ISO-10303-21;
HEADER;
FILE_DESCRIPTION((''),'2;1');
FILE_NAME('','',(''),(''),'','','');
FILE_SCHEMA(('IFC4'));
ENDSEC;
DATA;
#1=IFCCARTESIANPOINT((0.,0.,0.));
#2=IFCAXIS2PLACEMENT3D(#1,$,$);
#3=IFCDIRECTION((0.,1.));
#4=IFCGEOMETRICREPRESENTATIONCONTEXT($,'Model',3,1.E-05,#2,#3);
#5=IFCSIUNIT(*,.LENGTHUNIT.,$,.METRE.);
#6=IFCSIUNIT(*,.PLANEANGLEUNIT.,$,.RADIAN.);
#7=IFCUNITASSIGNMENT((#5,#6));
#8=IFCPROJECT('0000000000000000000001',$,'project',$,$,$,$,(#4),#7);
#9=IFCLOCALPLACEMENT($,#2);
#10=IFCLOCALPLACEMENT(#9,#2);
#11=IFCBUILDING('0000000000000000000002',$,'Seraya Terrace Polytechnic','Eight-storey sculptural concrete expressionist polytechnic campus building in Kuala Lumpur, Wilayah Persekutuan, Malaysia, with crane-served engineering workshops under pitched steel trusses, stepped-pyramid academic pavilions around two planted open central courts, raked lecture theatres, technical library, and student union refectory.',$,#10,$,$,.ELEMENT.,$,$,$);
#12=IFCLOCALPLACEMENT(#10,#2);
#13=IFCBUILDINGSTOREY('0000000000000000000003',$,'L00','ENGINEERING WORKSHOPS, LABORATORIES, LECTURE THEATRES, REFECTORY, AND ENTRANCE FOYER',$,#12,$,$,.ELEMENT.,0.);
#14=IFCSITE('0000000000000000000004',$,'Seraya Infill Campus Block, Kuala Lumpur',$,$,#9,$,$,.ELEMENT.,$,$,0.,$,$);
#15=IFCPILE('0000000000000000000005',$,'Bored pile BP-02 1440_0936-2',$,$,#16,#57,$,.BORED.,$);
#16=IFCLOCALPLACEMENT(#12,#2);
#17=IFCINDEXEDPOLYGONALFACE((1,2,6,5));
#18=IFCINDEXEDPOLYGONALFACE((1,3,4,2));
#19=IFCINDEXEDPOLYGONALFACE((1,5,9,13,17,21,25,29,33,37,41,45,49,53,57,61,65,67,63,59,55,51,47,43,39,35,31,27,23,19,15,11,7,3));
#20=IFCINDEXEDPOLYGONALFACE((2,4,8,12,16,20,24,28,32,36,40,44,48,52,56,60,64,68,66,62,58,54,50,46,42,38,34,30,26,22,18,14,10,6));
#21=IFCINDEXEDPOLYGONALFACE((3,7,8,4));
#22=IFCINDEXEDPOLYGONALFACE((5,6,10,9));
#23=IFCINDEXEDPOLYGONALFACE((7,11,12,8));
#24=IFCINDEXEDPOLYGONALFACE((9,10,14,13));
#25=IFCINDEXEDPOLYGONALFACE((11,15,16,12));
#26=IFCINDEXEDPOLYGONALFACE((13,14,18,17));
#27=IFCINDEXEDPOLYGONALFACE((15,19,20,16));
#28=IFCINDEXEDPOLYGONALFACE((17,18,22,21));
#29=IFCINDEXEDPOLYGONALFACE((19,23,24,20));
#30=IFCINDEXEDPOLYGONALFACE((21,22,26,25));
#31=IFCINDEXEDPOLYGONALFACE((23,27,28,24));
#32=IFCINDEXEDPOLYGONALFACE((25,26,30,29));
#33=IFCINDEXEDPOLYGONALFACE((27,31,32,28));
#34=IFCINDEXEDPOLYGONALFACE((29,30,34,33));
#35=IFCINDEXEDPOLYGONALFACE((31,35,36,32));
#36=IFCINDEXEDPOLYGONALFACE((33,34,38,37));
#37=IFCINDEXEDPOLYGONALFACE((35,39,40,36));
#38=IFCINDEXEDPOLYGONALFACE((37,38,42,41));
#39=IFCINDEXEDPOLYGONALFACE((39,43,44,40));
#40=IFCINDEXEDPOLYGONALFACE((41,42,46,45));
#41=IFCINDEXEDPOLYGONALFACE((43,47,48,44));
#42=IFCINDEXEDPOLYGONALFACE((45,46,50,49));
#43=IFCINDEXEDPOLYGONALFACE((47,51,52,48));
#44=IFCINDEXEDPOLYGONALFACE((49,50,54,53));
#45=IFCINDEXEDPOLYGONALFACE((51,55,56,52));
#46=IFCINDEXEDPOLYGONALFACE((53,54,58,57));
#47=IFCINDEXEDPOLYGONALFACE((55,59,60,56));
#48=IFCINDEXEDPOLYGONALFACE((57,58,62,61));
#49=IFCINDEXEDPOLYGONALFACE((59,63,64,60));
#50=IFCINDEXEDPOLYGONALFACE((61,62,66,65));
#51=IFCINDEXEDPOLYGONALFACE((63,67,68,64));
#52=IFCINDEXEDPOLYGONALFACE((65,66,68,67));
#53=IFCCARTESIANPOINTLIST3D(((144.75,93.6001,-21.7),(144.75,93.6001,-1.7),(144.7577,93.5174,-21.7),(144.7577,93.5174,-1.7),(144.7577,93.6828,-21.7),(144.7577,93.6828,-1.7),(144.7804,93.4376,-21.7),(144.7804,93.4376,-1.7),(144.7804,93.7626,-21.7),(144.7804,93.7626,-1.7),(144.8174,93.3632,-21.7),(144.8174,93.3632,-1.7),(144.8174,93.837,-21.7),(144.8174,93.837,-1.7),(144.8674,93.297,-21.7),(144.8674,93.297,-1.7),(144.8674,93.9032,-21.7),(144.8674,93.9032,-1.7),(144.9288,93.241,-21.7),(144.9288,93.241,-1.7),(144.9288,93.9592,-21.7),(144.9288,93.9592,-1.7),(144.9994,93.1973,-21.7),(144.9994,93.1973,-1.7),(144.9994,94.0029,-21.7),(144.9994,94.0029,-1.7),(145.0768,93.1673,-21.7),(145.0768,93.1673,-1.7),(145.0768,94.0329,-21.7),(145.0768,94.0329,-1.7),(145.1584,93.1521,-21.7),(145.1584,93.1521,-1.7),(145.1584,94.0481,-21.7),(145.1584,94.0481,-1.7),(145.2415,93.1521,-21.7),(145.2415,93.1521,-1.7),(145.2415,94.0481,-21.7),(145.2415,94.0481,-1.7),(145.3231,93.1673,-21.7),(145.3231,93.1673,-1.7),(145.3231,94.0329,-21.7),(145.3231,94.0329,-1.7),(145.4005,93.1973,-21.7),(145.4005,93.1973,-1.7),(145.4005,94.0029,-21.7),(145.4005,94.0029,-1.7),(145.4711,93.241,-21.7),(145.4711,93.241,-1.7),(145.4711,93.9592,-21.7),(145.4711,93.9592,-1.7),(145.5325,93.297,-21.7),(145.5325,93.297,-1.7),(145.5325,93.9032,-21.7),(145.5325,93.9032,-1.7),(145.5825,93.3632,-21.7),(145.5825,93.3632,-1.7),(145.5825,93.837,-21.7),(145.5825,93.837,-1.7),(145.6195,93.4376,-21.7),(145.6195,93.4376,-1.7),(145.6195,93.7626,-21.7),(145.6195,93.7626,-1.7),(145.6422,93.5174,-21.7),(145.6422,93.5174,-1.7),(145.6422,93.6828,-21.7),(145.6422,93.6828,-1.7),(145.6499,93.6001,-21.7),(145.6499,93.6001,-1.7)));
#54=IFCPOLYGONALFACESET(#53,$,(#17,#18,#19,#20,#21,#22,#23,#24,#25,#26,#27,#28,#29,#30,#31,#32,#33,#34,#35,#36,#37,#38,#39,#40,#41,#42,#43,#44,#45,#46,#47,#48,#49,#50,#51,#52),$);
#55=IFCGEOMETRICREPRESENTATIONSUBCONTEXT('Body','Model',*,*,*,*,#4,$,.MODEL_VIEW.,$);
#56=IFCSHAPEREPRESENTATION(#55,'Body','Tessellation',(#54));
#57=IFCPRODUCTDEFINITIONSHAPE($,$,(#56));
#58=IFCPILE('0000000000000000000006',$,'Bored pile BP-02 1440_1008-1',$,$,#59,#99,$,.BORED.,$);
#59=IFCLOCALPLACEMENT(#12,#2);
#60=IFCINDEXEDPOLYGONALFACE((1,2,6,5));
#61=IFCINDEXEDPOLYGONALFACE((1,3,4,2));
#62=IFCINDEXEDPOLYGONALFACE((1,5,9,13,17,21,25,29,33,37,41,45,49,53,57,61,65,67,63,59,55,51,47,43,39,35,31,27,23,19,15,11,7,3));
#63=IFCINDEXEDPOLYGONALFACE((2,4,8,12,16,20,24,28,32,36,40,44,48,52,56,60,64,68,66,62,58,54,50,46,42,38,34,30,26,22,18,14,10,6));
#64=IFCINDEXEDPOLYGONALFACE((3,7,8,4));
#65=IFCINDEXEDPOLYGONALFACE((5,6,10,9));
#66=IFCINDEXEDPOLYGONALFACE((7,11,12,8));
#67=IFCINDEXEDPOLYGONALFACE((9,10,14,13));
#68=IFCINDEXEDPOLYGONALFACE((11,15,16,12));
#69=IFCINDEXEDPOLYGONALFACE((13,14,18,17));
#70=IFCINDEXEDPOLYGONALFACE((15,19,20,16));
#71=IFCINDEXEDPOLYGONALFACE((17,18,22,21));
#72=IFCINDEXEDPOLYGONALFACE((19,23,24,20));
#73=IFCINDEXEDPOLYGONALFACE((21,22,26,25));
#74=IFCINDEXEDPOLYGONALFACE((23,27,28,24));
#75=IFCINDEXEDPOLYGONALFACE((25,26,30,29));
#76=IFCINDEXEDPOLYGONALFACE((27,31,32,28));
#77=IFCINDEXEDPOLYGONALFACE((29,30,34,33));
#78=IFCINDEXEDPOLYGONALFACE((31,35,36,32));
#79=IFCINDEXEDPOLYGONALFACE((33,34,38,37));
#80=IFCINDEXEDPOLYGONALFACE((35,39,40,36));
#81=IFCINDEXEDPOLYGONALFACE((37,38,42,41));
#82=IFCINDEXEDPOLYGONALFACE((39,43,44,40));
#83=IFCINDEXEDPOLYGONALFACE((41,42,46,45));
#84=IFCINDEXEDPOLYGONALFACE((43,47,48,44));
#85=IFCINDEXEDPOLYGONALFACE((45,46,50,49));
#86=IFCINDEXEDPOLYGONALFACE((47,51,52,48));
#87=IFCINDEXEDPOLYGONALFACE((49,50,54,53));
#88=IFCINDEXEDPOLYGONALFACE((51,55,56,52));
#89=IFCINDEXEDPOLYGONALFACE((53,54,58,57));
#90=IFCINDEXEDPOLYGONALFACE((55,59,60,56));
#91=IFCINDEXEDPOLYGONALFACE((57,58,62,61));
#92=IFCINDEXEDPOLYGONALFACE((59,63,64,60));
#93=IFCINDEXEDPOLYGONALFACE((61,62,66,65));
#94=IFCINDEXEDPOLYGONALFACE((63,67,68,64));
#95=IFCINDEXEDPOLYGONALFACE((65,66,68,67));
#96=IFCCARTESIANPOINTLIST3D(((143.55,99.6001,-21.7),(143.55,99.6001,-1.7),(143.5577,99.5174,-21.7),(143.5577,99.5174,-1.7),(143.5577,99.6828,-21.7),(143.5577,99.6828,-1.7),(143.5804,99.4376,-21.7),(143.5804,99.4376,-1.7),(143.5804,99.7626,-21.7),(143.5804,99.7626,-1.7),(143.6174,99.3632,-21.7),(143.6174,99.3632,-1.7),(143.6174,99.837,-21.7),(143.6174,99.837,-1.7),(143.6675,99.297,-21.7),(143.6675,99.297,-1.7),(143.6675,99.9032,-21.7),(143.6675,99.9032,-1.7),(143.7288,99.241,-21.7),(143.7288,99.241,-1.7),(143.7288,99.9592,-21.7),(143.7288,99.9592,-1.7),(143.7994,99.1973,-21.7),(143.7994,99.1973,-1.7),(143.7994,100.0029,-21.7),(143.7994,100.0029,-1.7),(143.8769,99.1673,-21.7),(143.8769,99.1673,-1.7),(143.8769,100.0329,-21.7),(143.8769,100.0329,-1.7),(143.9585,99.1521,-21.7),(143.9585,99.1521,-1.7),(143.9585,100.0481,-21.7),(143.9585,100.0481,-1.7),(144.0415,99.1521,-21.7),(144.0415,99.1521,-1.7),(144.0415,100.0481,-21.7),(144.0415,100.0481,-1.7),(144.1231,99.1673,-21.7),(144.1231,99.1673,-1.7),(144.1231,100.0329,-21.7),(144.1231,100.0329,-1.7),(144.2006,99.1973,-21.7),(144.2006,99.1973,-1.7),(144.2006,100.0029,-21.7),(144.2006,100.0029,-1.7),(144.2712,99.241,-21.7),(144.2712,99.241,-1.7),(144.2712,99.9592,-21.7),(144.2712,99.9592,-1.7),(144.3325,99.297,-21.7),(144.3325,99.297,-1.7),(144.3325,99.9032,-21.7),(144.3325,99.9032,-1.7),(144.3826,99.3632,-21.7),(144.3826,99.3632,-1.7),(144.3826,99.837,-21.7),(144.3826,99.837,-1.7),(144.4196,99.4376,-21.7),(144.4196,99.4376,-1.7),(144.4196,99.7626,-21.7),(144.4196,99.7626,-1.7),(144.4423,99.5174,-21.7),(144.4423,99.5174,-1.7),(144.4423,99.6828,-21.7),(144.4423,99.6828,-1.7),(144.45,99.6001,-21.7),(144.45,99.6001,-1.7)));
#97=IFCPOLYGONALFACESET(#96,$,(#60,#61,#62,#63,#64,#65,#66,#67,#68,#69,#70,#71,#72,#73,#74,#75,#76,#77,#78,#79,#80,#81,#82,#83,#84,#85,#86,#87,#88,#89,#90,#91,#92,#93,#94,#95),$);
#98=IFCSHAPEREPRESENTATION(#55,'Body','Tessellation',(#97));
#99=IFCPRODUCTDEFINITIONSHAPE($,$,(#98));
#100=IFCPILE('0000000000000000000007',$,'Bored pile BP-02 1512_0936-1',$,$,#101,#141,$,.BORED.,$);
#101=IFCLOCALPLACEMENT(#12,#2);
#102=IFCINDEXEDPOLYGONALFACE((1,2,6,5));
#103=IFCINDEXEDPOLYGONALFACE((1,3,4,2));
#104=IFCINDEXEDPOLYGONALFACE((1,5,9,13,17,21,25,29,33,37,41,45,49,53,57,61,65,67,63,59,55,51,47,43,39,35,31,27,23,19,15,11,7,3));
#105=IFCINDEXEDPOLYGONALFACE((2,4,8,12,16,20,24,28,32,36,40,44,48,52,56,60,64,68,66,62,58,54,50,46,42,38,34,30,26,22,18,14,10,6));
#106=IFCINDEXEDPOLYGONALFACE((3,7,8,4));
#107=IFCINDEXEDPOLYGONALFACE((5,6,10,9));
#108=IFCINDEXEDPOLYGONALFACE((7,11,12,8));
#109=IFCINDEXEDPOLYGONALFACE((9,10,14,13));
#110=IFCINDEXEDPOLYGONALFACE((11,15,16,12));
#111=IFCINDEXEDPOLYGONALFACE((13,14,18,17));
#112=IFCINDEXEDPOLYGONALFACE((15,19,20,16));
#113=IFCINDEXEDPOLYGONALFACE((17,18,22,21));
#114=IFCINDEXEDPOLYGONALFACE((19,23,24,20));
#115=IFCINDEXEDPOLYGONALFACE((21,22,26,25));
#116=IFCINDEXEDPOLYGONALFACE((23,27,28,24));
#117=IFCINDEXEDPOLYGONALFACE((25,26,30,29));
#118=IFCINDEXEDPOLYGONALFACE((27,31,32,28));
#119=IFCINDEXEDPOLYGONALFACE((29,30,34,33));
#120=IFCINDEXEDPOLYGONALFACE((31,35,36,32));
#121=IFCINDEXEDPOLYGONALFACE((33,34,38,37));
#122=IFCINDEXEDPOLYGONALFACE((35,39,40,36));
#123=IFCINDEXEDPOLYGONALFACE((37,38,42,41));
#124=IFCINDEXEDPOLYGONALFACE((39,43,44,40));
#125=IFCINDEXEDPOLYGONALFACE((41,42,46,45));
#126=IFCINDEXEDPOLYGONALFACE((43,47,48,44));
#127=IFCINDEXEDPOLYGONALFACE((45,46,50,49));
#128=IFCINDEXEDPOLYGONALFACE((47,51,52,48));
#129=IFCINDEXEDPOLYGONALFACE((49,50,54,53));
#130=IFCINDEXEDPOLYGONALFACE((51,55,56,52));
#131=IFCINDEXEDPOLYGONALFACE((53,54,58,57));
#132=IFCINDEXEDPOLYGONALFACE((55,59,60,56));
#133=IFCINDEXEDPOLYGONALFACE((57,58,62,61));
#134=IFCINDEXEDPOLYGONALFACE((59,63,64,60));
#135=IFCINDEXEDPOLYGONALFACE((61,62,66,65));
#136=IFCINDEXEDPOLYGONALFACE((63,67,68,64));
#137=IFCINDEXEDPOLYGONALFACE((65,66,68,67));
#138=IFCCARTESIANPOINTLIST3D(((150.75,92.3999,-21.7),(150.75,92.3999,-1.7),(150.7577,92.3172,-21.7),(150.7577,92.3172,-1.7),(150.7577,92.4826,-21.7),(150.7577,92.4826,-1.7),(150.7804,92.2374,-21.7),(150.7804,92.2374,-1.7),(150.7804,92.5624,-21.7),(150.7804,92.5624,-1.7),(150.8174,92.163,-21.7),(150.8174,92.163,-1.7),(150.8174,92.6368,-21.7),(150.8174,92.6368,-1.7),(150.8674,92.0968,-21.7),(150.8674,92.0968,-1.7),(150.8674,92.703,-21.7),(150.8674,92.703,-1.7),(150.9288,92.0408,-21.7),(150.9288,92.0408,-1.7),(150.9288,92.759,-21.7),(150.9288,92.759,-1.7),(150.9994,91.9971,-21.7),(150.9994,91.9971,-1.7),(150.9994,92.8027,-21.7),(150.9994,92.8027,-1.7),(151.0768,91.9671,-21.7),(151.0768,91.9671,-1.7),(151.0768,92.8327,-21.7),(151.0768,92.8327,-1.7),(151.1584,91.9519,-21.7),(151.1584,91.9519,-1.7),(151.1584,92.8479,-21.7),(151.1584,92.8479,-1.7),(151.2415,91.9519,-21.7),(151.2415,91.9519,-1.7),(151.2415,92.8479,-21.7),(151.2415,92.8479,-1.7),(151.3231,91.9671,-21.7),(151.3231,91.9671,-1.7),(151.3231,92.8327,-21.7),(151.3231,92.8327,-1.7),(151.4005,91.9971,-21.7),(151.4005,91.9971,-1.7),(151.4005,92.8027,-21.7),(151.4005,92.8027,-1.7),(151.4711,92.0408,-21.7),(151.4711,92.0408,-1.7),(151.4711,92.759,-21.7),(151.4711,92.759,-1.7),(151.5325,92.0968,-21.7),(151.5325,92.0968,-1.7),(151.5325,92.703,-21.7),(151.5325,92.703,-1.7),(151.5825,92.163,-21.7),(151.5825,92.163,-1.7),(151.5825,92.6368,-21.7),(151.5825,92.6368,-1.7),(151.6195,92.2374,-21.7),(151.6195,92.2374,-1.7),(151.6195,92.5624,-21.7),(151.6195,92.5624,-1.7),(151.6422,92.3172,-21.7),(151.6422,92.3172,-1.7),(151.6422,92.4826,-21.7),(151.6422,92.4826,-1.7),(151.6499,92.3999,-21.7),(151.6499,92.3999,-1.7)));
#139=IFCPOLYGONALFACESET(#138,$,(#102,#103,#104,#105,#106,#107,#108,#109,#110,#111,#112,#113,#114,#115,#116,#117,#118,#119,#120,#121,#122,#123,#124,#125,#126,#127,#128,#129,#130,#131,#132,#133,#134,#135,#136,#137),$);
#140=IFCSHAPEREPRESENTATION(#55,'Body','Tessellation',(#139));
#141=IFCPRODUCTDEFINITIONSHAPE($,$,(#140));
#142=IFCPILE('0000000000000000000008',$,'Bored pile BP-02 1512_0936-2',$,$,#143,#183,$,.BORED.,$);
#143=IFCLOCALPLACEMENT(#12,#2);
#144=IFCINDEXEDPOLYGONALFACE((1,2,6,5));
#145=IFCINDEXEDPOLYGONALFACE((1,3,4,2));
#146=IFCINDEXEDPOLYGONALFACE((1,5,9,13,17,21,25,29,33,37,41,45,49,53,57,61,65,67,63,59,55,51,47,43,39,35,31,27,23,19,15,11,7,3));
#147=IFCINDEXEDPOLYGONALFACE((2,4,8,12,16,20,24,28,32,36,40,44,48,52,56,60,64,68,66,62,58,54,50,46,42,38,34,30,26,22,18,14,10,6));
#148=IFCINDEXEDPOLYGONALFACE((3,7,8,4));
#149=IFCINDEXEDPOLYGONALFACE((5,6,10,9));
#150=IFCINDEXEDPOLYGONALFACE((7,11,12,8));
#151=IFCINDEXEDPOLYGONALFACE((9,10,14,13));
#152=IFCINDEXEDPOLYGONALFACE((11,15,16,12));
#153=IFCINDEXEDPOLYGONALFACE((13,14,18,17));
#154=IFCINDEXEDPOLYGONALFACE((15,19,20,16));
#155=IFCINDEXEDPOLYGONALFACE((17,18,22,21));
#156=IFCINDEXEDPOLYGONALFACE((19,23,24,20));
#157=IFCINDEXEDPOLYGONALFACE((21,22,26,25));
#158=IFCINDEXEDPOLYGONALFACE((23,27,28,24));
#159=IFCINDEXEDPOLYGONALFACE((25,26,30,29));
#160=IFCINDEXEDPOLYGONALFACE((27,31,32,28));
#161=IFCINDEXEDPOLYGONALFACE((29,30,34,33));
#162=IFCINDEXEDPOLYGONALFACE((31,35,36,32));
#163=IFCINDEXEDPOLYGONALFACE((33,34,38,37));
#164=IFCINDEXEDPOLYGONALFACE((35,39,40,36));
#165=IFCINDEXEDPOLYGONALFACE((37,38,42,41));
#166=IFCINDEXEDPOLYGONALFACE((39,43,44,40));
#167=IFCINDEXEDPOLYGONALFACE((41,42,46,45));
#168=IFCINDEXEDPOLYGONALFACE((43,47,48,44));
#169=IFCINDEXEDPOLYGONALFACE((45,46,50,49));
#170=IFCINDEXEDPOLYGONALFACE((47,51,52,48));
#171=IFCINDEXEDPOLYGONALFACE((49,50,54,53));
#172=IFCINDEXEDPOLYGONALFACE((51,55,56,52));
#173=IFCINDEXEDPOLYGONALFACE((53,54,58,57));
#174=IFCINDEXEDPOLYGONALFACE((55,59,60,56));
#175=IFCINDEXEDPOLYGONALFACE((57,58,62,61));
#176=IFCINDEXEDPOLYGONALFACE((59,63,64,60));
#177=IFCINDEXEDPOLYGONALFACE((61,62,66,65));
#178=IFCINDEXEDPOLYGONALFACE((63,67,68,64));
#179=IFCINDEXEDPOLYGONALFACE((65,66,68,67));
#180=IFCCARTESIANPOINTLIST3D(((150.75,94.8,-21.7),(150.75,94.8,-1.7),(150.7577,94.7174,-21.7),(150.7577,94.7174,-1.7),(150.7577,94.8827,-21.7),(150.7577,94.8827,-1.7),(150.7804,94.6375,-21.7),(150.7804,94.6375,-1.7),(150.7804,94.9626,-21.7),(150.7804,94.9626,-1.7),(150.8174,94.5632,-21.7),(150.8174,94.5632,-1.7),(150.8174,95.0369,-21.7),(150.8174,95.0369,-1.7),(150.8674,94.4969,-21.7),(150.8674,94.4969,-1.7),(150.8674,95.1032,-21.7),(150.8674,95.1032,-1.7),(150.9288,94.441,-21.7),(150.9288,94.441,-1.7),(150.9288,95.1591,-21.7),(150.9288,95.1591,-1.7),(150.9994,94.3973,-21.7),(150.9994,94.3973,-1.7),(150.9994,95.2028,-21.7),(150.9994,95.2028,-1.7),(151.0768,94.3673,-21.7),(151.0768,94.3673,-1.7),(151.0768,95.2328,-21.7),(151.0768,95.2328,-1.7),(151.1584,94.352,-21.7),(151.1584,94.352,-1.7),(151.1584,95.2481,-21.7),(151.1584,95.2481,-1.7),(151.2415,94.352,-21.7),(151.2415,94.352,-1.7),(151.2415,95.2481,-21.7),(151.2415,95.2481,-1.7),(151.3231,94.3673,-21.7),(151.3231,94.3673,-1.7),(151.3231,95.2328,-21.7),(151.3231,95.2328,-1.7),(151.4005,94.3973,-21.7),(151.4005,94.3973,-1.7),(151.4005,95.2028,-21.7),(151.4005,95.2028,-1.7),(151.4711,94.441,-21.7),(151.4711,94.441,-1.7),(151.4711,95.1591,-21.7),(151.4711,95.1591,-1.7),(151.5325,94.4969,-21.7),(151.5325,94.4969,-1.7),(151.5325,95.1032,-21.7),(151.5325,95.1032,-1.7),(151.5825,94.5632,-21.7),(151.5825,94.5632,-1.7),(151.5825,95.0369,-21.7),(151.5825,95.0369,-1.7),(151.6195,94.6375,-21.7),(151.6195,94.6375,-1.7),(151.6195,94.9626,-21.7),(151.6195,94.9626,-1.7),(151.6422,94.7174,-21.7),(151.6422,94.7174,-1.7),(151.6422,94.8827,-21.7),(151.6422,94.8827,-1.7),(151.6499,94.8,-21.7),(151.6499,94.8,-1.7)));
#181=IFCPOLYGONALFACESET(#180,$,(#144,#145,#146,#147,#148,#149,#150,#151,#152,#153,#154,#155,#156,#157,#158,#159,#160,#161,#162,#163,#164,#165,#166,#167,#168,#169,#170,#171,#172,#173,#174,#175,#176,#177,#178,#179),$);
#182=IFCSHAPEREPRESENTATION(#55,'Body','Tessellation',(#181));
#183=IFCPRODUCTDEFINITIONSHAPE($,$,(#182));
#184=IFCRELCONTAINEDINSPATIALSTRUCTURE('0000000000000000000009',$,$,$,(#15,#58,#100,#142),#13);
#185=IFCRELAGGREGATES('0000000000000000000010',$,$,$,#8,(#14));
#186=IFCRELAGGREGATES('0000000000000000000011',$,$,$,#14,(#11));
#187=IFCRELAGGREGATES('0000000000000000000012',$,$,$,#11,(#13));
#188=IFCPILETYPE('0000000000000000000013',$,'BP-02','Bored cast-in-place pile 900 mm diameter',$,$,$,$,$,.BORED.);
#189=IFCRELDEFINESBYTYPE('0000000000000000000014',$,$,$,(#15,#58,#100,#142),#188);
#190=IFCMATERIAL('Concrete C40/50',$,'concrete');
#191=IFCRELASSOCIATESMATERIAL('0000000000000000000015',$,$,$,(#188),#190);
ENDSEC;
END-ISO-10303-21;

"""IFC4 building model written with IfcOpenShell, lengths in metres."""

from ifc_helpers import new_model, si_unit, direction, frame, origin, origin_2d, place, context, subcontext, project, spatial, circle, extrude, material, material_profile, profile_set, type_object, element, save


model = new_model("IFC4")

# Units and contexts
model_context = context("Model", 3, precision=1e-05, world=origin(), true_north=direction((0.0, 1.0)))
body_context = subcontext(model_context, "Body", "Model", "MODEL_VIEW")
ifc_project = project(units=[si_unit("LENGTHUNIT", "METRE"), si_unit("PLANEANGLEUNIT", "RADIAN")], contexts=[model_context])

# Site, building, storey
site_placement = place(None, origin())
site = spatial("IfcSite", under=ifc_project, at=site_placement, Name="Seraya Infill Campus Block, Kuala Lumpur", CompositionType="ELEMENT", RefElevation=0.0)
building_placement = place(site_placement, origin())
building = spatial("IfcBuilding", under=site, at=building_placement, Name="Seraya Terrace Polytechnic", Description="Eight-storey sculptural concrete expressionist polytechnic campus building in Kuala Lumpur, Wilayah Persekutuan, Malaysia, with crane-served engineering workshops under pitched steel trusses, stepped-pyramid academic pavilions around two planted open central courts, raked lecture theatres, technical library, and student union refectory.", CompositionType="ELEMENT")
storey_placement = place(building_placement, origin())
storey = spatial("IfcBuildingStorey", under=building, at=storey_placement, Name="L00", Description="ENGINEERING WORKSHOPS, LABORATORIES, LECTURE THEATRES, REFECTORY, AND ENTRANCE FOYER", CompositionType="ELEMENT", Elevation=0.0)

# Piles
ifc_material_1 = material(Name="Concrete C40/50", Category="concrete")
ifc_material_profile_1 = material_profile(ifc_material_1, circle(Radius=0.45, at=origin_2d()), Name="DIA 900")
ifc_profile_set_1 = profile_set([ifc_material_profile_1], Name="Concrete C40/50")
pile_type = type_object("IfcPileType", Name="BP-02", Description="Bored cast-in-place pile 900 mm diameter", PredefinedType="BORED", material=ifc_profile_set_1)
for number, where, z_axis, x_axis, name in (
    (1, (145.2, 93.6001, -1.7), (0.0, 0.0, -1.0), (1.0, 0.0, 0.0), "Bored pile BP-02 1440_0936-2"),
    (2, (144.0, 99.6001, -1.7), (0.0, 0.0, -1.0), (1.0, 0.0, 0.0), "Bored pile BP-02 1440_1008-1"),
    (3, (151.2, 92.3999, -1.7), (0.0, 0.0, -1.0), (1.0, 0.0, 0.0), "Bored pile BP-02 1512_0936-1"),
    (4, (151.2, 94.8, -1.7), (0.0, 0.0, -1.0), (1.0, 0.0, 0.0), "Bored pile BP-02 1512_0936-2"),
):
    element("IfcPile", number, at=place(storey_placement, frame(where, z_axis=z_axis, x_axis=x_axis)), inside=storey, type_object=pile_type, Name=name, PredefinedType="BORED", context=body_context, shape_type="SweptSolid", body=[
        extrude(circle(Radius=0.45, at=origin_2d()), origin(), (0.0, 0.0, 1.0), 20.0),
    ])

save(model, "model.ifc")
